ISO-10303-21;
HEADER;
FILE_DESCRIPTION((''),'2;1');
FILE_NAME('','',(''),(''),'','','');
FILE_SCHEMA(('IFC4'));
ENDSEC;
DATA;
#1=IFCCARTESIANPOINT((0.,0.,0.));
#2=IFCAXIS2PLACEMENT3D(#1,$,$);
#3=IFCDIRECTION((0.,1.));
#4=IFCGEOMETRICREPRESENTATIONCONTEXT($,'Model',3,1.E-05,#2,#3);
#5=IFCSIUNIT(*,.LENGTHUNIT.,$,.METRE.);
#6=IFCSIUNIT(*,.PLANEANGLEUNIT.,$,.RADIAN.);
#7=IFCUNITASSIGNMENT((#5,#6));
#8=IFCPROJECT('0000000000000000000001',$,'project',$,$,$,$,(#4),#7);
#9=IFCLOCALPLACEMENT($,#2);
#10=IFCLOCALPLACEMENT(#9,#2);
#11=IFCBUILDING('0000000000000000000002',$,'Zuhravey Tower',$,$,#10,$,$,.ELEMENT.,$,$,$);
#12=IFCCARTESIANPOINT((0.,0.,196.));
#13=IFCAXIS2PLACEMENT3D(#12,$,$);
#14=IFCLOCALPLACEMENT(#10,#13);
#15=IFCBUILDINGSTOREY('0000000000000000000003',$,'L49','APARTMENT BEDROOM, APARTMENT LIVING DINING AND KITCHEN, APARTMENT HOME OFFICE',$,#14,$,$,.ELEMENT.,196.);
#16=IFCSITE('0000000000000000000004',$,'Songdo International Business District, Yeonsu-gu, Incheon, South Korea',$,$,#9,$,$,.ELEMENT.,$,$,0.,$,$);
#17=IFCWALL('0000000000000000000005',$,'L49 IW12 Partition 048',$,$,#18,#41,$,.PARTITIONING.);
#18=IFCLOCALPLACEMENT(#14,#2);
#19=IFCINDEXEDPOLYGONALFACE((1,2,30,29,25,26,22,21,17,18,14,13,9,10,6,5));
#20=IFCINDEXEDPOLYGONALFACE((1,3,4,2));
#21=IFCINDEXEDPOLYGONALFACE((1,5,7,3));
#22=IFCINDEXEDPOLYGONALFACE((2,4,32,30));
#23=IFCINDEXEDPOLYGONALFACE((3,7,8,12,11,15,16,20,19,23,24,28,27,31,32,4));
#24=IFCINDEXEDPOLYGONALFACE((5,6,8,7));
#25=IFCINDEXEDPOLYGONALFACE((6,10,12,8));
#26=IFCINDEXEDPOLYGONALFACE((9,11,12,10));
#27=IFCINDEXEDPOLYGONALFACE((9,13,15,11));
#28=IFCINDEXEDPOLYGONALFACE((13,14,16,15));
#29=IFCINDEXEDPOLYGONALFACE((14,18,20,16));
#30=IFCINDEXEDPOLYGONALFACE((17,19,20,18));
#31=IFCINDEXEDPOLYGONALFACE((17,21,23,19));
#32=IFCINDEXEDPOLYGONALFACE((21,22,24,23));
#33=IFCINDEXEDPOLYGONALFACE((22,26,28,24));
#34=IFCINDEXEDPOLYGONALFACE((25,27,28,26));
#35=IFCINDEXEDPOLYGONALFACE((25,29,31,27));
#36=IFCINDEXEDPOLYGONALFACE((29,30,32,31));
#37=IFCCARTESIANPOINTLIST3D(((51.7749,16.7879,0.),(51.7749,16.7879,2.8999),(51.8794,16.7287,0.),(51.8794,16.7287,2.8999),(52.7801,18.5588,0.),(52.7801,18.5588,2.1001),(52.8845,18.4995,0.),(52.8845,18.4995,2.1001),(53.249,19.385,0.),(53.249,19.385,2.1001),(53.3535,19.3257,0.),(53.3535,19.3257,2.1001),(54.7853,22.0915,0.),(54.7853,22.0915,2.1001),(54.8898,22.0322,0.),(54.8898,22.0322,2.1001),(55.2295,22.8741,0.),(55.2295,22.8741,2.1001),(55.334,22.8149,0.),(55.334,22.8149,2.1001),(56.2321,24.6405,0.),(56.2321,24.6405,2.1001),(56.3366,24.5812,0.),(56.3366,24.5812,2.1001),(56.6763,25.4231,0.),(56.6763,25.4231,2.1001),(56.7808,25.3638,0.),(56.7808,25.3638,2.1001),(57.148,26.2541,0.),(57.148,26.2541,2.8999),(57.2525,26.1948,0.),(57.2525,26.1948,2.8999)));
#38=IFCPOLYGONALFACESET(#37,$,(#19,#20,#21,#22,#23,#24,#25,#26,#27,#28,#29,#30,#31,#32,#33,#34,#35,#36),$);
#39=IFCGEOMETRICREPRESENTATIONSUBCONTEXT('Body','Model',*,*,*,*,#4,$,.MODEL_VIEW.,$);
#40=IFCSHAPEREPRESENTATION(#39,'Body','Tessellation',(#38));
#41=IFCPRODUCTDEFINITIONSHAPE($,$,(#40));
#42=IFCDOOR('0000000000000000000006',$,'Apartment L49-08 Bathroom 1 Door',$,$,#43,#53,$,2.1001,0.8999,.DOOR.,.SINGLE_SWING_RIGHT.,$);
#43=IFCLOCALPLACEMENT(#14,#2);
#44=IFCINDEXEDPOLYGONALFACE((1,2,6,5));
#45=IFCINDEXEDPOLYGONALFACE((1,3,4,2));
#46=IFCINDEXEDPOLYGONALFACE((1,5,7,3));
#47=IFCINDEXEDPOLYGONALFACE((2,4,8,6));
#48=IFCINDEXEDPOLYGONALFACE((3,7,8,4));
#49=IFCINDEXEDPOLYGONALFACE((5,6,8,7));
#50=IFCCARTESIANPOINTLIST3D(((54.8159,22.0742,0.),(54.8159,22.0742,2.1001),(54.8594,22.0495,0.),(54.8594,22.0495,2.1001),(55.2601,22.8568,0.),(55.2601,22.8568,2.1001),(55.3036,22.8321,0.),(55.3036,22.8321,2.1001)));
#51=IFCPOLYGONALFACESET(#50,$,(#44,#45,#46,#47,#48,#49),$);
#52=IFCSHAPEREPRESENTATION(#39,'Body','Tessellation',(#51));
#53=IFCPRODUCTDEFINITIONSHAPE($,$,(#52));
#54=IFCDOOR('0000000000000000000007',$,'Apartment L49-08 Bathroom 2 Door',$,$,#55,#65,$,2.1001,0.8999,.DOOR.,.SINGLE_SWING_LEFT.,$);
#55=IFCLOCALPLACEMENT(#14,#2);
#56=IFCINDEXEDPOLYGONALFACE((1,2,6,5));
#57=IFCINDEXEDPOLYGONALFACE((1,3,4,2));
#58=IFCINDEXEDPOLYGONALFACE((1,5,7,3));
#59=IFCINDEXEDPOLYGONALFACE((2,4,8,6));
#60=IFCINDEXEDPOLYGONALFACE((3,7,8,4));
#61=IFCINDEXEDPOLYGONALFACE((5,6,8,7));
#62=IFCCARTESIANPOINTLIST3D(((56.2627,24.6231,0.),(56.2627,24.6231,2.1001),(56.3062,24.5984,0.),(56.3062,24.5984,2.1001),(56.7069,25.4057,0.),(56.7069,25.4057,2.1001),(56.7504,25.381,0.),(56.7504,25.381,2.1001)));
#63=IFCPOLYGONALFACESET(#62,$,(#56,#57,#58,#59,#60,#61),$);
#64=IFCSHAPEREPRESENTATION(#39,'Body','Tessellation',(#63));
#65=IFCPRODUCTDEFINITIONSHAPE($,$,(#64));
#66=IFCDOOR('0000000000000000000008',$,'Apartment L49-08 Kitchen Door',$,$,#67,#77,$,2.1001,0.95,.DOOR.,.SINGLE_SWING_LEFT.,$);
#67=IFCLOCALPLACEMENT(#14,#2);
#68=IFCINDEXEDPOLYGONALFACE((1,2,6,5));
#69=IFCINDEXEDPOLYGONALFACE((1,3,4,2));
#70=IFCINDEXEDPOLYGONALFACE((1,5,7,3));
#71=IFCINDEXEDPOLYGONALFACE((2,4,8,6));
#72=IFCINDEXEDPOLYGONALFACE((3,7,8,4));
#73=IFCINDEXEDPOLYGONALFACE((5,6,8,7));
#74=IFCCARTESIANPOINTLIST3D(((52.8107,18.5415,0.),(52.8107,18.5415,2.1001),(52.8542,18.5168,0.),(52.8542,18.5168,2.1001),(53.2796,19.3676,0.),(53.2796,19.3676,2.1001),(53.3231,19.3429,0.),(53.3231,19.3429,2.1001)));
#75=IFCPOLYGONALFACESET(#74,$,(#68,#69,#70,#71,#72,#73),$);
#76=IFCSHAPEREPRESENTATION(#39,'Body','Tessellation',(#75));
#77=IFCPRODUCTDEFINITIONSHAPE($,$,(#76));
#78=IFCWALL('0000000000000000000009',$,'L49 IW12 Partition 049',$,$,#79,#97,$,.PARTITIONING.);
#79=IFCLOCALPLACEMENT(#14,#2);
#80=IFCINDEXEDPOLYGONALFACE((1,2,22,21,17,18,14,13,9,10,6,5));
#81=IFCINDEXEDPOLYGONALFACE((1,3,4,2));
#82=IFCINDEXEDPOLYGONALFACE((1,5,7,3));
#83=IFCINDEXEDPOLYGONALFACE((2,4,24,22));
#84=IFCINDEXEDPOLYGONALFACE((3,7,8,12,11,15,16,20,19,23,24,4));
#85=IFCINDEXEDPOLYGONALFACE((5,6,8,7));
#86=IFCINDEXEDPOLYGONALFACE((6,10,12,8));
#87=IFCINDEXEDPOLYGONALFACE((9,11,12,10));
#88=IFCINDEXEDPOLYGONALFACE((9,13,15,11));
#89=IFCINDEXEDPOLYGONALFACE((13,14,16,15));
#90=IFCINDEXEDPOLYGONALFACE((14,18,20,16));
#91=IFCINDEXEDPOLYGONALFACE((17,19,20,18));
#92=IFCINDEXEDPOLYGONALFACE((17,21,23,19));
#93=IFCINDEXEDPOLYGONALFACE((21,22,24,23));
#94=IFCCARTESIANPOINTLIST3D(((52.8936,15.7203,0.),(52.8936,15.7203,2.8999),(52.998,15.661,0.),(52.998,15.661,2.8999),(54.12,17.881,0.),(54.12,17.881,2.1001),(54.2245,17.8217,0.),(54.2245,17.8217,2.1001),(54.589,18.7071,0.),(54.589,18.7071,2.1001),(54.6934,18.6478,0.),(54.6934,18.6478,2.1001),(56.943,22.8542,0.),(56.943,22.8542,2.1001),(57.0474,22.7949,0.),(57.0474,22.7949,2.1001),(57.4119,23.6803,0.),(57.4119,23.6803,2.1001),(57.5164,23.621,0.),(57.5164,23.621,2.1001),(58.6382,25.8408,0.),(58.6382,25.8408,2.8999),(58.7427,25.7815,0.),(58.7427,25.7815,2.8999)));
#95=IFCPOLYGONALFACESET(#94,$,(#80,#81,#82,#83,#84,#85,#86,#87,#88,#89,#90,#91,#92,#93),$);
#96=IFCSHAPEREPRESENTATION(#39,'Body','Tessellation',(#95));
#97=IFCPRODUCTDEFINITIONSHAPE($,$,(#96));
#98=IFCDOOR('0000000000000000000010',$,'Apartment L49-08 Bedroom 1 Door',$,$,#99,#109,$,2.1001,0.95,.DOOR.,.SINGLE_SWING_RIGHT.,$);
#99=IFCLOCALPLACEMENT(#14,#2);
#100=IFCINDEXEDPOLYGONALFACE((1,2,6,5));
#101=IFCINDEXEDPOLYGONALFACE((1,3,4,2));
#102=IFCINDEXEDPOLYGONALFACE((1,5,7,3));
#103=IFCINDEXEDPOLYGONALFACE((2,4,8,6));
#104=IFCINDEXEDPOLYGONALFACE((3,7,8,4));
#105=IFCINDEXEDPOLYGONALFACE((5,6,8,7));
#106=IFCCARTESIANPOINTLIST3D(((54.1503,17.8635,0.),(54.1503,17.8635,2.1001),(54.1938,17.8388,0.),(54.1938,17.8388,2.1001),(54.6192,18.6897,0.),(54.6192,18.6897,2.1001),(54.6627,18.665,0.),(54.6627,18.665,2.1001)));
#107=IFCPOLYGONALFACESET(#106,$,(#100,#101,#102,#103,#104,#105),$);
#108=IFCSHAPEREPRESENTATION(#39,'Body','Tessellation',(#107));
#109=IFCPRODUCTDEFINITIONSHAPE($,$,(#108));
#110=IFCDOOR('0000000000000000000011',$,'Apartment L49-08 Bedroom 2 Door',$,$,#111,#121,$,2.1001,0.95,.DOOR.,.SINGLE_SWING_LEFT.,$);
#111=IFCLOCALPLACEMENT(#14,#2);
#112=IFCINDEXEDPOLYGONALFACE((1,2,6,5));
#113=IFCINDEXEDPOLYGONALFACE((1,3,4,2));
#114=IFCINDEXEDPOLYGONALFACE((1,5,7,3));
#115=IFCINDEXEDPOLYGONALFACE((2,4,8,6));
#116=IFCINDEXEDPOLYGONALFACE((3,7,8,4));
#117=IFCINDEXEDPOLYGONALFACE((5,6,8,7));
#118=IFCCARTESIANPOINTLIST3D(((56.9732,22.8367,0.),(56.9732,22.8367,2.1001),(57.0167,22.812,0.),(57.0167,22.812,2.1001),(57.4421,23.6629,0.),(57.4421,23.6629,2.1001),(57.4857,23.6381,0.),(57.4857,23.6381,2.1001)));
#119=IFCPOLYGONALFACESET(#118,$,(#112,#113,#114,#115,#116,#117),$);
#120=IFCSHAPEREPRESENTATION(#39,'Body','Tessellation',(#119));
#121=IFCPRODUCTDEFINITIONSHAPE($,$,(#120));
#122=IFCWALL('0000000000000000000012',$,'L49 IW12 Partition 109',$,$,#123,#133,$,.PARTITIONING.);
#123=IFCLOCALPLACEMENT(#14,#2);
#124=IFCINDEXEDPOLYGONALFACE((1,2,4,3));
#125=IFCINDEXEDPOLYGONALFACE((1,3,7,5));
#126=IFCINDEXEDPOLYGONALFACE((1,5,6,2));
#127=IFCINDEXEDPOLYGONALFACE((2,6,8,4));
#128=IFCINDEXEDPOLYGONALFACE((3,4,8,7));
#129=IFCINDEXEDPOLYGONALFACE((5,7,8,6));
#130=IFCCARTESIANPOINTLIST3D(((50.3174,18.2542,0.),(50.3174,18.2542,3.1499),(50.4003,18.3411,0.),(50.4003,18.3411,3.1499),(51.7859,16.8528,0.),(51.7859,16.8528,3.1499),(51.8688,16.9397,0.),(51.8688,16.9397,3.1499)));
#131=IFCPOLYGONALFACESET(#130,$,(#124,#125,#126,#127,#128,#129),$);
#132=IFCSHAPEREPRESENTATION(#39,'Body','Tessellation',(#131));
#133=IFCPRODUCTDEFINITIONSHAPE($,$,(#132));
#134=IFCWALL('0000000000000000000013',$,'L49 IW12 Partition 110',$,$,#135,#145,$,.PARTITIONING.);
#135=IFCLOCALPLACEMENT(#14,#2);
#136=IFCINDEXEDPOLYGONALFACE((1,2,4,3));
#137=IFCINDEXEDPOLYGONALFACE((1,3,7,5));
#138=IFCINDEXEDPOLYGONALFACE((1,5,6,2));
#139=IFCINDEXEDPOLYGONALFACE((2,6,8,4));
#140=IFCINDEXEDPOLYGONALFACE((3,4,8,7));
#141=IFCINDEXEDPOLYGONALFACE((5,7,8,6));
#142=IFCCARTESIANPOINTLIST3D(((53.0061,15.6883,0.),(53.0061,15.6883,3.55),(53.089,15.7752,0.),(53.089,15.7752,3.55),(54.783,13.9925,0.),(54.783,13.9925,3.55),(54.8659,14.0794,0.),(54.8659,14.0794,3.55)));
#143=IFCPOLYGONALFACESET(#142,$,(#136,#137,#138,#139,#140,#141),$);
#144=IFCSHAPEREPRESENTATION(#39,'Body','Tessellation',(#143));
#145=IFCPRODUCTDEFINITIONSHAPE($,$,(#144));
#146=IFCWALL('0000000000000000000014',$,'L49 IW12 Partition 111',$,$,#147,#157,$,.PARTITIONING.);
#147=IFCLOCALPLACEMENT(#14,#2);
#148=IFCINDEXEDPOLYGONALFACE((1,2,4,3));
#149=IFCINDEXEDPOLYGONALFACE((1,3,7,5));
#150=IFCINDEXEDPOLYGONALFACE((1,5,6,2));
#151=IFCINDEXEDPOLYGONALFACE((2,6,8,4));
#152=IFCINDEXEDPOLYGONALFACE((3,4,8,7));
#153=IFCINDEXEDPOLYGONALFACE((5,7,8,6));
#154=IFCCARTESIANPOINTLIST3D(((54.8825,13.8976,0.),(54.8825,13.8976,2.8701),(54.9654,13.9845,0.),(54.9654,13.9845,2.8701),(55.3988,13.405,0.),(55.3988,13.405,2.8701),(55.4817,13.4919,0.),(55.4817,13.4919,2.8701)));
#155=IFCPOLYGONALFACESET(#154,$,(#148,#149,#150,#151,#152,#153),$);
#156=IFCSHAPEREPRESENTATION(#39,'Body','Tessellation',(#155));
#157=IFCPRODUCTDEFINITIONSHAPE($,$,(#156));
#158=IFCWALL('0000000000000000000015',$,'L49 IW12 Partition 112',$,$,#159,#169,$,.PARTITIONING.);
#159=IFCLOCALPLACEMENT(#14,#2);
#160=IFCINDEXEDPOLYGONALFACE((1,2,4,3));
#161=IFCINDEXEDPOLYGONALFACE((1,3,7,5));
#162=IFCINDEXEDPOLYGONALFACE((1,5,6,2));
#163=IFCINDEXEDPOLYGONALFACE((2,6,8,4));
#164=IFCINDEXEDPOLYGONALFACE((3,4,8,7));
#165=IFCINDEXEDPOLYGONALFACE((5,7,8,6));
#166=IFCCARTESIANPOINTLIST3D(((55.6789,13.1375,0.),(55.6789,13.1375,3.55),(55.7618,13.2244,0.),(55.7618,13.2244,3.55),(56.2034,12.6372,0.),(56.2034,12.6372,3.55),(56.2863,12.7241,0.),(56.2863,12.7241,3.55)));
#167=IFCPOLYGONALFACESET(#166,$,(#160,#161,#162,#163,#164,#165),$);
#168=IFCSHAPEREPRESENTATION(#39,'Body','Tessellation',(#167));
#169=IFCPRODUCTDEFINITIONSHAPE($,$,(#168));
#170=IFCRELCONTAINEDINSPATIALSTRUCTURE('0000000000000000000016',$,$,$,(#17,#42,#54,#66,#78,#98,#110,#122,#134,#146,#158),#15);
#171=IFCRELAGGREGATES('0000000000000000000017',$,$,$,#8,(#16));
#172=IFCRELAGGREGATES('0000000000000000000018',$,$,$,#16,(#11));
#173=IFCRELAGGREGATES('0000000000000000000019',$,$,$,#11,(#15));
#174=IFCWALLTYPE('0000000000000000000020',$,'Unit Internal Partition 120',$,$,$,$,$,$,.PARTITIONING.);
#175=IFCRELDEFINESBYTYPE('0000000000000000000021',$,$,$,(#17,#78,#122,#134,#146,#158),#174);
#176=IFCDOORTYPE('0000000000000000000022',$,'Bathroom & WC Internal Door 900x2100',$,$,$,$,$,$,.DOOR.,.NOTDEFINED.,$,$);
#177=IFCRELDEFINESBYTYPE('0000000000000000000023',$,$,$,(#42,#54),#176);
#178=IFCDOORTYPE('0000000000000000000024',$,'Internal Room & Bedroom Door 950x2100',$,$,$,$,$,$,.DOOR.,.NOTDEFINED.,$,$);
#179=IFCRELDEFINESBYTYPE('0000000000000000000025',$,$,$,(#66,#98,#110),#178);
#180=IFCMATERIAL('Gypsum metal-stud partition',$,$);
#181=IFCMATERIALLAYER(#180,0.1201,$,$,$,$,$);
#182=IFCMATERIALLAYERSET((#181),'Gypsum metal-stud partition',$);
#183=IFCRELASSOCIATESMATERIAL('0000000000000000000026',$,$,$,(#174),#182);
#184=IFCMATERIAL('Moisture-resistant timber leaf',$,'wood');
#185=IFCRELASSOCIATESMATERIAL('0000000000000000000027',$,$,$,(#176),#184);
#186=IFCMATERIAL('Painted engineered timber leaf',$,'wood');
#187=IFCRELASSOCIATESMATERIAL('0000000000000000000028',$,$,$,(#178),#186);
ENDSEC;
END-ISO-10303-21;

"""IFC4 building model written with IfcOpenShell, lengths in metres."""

from ifc_helpers import new_model, si_unit, direction, frame, frame_2d, origin, place, context, subcontext, project, spatial, rectangle, extrude, material, layer, layer_set, type_object, element, fill, save


model = new_model("IFC4")

# Units and contexts
model_context = context("Model", 3, precision=1e-05, world=origin(), true_north=direction((0.0, 1.0)))
body_context = subcontext(model_context, "Body", "Model", "MODEL_VIEW")
ifc_project = project(units=[si_unit("LENGTHUNIT", "METRE"), si_unit("PLANEANGLEUNIT", "RADIAN")], contexts=[model_context])

# Site, building, storey
site_placement = place(None, origin())
site = spatial("IfcSite", under=ifc_project, at=site_placement, Name="Songdo International Business District, Yeonsu-gu, Incheon, South Korea", CompositionType="ELEMENT", RefElevation=0.0)
building_placement = place(site_placement, origin())
building = spatial("IfcBuilding", under=site, at=building_placement, Name="Zuhravey Tower", CompositionType="ELEMENT")
storey_placement = place(building_placement, frame((0.0, 0.0, 196.0)))
storey = spatial("IfcBuildingStorey", under=building, at=storey_placement, Name="L49", Description="APARTMENT BEDROOM, APARTMENT LIVING DINING AND KITCHEN, APARTMENT HOME OFFICE", CompositionType="ELEMENT", Elevation=196.0)

# Walls, openings, doors
ifc_material_1 = material(Name="Gypsum metal-stud partition")
ifc_layer_1 = layer(ifc_material_1, 0.1201)
ifc_layer_set_1 = layer_set([ifc_layer_1], Name="Gypsum metal-stud partition")
wall_type_1 = type_object("IfcWallType", Name="Unit Internal Partition 120", PredefinedType="PARTITIONING", material=ifc_layer_set_1)
wall_1_placement = place(storey_placement, frame((51.8271, 16.7583, 0.0), z_axis=(0.0, 0.0, 1.0), x_axis=(0.493634, 0.86967, 0.0)))
wall_1 = element("IfcWall", 1, at=wall_1_placement, inside=storey, type_object=wall_type_1, Name="L49 IW12 Partition 048", PredefinedType="PARTITIONING", context=body_context, shape_type="SweptSolid", body=[
    extrude(rectangle(XDim=10.8848, YDim=0.1201, at=frame_2d((5.4424, 0.0))), origin(), (0.0, 0.0, 1.0), 2.8999),
])
opening_1_placement = place(wall_1_placement, frame((2.0361, 0.0, 0.0)))
opening_1 = element("IfcOpeningElement", 2, at=opening_1_placement, cuts=wall_1, PredefinedType="OPENING", context=body_context, shape_type="SweptSolid", body=[
    extrude(rectangle(XDim=0.95, YDim=2.1001, at=frame_2d((0.4751, 1.05))), frame((0.0, 0.072, 0.0), z_axis=(0.0, -1.0, 0.0), x_axis=(1.0, 0.0, 0.0)), (0.0, 0.0, 1.0), 0.144),
])
opening_2_placement = place(wall_1_placement, frame((6.0984, 0.0, 0.0)))
opening_2 = element("IfcOpeningElement", 3, at=opening_2_placement, cuts=wall_1, PredefinedType="OPENING", context=body_context, shape_type="SweptSolid", body=[
    extrude(rectangle(XDim=0.8999, YDim=2.1001, at=frame_2d((0.45, 1.05))), frame((0.0, 0.072, 0.0), z_axis=(0.0, -1.0, 0.0), x_axis=(1.0, 0.0, 0.0)), (0.0, 0.0, 1.0), 0.144),
])
opening_3_placement = place(wall_1_placement, frame((9.0293, 0.0, 0.0)))
opening_3 = element("IfcOpeningElement", 4, at=opening_3_placement, cuts=wall_1, PredefinedType="OPENING", context=body_context, shape_type="SweptSolid", body=[
    extrude(rectangle(XDim=0.8999, YDim=2.1001, at=frame_2d((0.45, 1.05))), frame((0.0, 0.072, 0.0), z_axis=(0.0, -1.0, 0.0), x_axis=(1.0, 0.0, 0.0)), (0.0, 0.0, 1.0), 0.144),
])
ifc_material_2 = material(Name="Moisture-resistant timber leaf", Category="wood")
door_type_1 = type_object("IfcDoorType", Name="Bathroom & WC Internal Door 900x2100", OperationType="NOTDEFINED", PredefinedType="DOOR", material=ifc_material_2)
door_1_placement = place(opening_2_placement, origin())
door_1 = element("IfcDoor", 5, at=door_1_placement, inside=storey, type_object=door_type_1, Name="Apartment L49-08 Bathroom 1 Door", OperationType="SINGLE_SWING_RIGHT", OverallHeight=2.1001, OverallWidth=0.8999, PredefinedType="DOOR", context=body_context, shape_type="SweptSolid", body=[
    extrude(rectangle(XDim=0.8999, YDim=2.1001, at=frame_2d((0.45, 1.05))), frame((0.0, 0.0249, 0.0), z_axis=(0.0, -1.0, 0.0), x_axis=(1.0, 0.0, 0.0)), (0.0, 0.0, 1.0), 0.05),
])
fill(opening_2, door_1)
door_2_placement = place(opening_3_placement, origin())
door_2 = element("IfcDoor", 6, at=door_2_placement, inside=storey, type_object=door_type_1, Name="Apartment L49-08 Bathroom 2 Door", OperationType="SINGLE_SWING_LEFT", OverallHeight=2.1001, OverallWidth=0.8999, PredefinedType="DOOR", context=body_context, shape_type="SweptSolid", body=[
    extrude(rectangle(XDim=0.8999, YDim=2.1001, at=frame_2d((0.45, 1.05))), frame((0.0, 0.0249, 0.0), z_axis=(0.0, -1.0, 0.0), x_axis=(1.0, 0.0, 0.0)), (0.0, 0.0, 1.0), 0.05),
])
fill(opening_3, door_2)
ifc_material_3 = material(Name="Painted engineered timber leaf", Category="wood")
door_type_2 = type_object("IfcDoorType", Name="Internal Room & Bedroom Door 950x2100", OperationType="NOTDEFINED", PredefinedType="DOOR", material=ifc_material_3)
door_3_placement = place(opening_1_placement, origin())
door_3 = element("IfcDoor", 7, at=door_3_placement, inside=storey, type_object=door_type_2, Name="Apartment L49-08 Kitchen Door", OperationType="SINGLE_SWING_LEFT", OverallHeight=2.1001, OverallWidth=0.95, PredefinedType="DOOR", context=body_context, shape_type="SweptSolid", body=[
    extrude(rectangle(XDim=0.95, YDim=2.1001, at=frame_2d((0.4751, 1.05))), frame((0.0, 0.0249, 0.0), z_axis=(0.0, -1.0, 0.0), x_axis=(1.0, 0.0, 0.0)), (0.0, 0.0, 1.0), 0.05),
])
fill(opening_1, door_3)
wall_2_placement = place(storey_placement, frame((52.9458, 15.6907, 0.0), z_axis=(0.0, 0.0, 1.0), x_axis=(0.493647, 0.869662, 0.0)))
wall_2 = element("IfcWall", 8, at=wall_2_placement, inside=storey, type_object=wall_type_1, Name="L49 IW12 Partition 049", PredefinedType="PARTITIONING", context=body_context, shape_type="SweptSolid", body=[
    extrude(rectangle(XDim=11.6372, YDim=0.1201, at=frame_2d((5.8186, 0.0))), origin(), (0.0, 0.0, 1.0), 2.8999),
])
opening_4_placement = place(wall_2_placement, frame((2.4844, 0.0, 0.0)))
opening_4 = element("IfcOpeningElement", 9, at=opening_4_placement, cuts=wall_2, PredefinedType="OPENING", context=body_context, shape_type="SweptSolid", body=[
    extrude(rectangle(XDim=0.95, YDim=2.1001, at=frame_2d((0.4751, 1.05))), frame((0.0, 0.072, 0.0), z_axis=(0.0, -1.0, 0.0), x_axis=(1.0, 0.0, 0.0)), (0.0, 0.0, 1.0), 0.144),
])
opening_5_placement = place(wall_2_placement, frame((8.2029, 0.0, 0.0)))
opening_5 = element("IfcOpeningElement", 10, at=opening_5_placement, cuts=wall_2, PredefinedType="OPENING", context=body_context, shape_type="SweptSolid", body=[
    extrude(rectangle(XDim=0.95, YDim=2.1001, at=frame_2d((0.4751, 1.05))), frame((0.0, 0.072, 0.0), z_axis=(0.0, -1.0, 0.0), x_axis=(1.0, 0.0, 0.0)), (0.0, 0.0, 1.0), 0.144),
])
door_4_placement = place(opening_4_placement, frame((0.95, 0.0, 0.0), z_axis=(0.0, 0.0, 1.0), x_axis=(-1.0, 0.0, 0.0)))
door_4 = element("IfcDoor", 11, at=door_4_placement, inside=storey, type_object=door_type_2, Name="Apartment L49-08 Bedroom 1 Door", OperationType="SINGLE_SWING_RIGHT", OverallHeight=2.1001, OverallWidth=0.95, PredefinedType="DOOR", context=body_context, shape_type="SweptSolid", body=[
    extrude(rectangle(XDim=0.95, YDim=2.1001, at=frame_2d((0.4751, 1.05))), frame((0.0, 0.0249, 0.0), z_axis=(0.0, -1.0, 0.0), x_axis=(1.0, 0.0, 0.0)), (0.0, 0.0, 1.0), 0.05),
])
fill(opening_4, door_4)
door_5_placement = place(opening_5_placement, frame((0.95, 0.0, 0.0), z_axis=(0.0, 0.0, 1.0), x_axis=(-1.0, 0.0, 0.0)))
door_5 = element("IfcDoor", 12, at=door_5_placement, inside=storey, type_object=door_type_2, Name="Apartment L49-08 Bedroom 2 Door", OperationType="SINGLE_SWING_LEFT", OverallHeight=2.1001, OverallWidth=0.95, PredefinedType="DOOR", context=body_context, shape_type="SweptSolid", body=[
    extrude(rectangle(XDim=0.95, YDim=2.1001, at=frame_2d((0.4751, 1.05))), frame((0.0, 0.0249, 0.0), z_axis=(0.0, -1.0, 0.0), x_axis=(1.0, 0.0, 0.0)), (0.0, 0.0, 1.0), 0.05),
])
fill(opening_5, door_5)

# Walls
wall_3_placement = place(storey_placement, frame((50.3589, 18.2976, 0.0), z_axis=(0.0, 0.0, 1.0), x_axis=(0.723451, -0.690376, 0.0)))
element("IfcWall", 13, at=wall_3_placement, inside=storey, type_object=wall_type_1, Name="L49 IW12 Partition 109", PredefinedType="PARTITIONING", context=body_context, shape_type="SweptSolid", body=[
    extrude(rectangle(XDim=2.0298, YDim=0.1201, at=frame_2d((1.0149, 0.0))), origin(), (0.0, 0.0, 1.0), 3.1499),
])
wall_4_placement = place(storey_placement, frame((53.0476, 15.7317, 0.0), z_axis=(0.0, 0.0, 1.0), x_axis=(0.723414, -0.690414, 0.0)))
element("IfcWall", 14, at=wall_4_placement, inside=storey, type_object=wall_type_1, Name="L49 IW12 Partition 110", PredefinedType="PARTITIONING", context=body_context, shape_type="SweptSolid", body=[
    extrude(rectangle(XDim=2.4563, YDim=0.1201, at=frame_2d((1.228, 0.0))), origin(), (0.0, 0.0, 1.0), 3.55),
])
wall_5_placement = place(storey_placement, frame((54.9238, 13.9412, 0.0), z_axis=(0.0, 0.0, 1.0), x_axis=(0.723503, -0.690321, 0.0)))
element("IfcWall", 15, at=wall_5_placement, inside=storey, type_object=wall_type_1, Name="L49 IW12 Partition 111", PredefinedType="PARTITIONING", context=body_context, shape_type="SweptSolid", body=[
    extrude(rectangle(XDim=0.7136, YDim=0.1201, at=frame_2d((0.3569, 0.0))), origin(), (0.0, 0.0, 1.0), 2.8701),
])
wall_6_placement = place(storey_placement, frame((55.7205, 13.1809, 0.0), z_axis=(0.0, 0.0, 1.0), x_axis=(0.723585, -0.690235, 0.0)))
element("IfcWall", 16, at=wall_6_placement, inside=storey, type_object=wall_type_1, Name="L49 IW12 Partition 112", PredefinedType="PARTITIONING", context=body_context, shape_type="SweptSolid", body=[
    extrude(rectangle(XDim=0.7249, YDim=0.1201, at=frame_2d((0.3623, 0.0))), origin(), (0.0, 0.0, 1.0), 3.55),
])

save(model, "model.ifc")
